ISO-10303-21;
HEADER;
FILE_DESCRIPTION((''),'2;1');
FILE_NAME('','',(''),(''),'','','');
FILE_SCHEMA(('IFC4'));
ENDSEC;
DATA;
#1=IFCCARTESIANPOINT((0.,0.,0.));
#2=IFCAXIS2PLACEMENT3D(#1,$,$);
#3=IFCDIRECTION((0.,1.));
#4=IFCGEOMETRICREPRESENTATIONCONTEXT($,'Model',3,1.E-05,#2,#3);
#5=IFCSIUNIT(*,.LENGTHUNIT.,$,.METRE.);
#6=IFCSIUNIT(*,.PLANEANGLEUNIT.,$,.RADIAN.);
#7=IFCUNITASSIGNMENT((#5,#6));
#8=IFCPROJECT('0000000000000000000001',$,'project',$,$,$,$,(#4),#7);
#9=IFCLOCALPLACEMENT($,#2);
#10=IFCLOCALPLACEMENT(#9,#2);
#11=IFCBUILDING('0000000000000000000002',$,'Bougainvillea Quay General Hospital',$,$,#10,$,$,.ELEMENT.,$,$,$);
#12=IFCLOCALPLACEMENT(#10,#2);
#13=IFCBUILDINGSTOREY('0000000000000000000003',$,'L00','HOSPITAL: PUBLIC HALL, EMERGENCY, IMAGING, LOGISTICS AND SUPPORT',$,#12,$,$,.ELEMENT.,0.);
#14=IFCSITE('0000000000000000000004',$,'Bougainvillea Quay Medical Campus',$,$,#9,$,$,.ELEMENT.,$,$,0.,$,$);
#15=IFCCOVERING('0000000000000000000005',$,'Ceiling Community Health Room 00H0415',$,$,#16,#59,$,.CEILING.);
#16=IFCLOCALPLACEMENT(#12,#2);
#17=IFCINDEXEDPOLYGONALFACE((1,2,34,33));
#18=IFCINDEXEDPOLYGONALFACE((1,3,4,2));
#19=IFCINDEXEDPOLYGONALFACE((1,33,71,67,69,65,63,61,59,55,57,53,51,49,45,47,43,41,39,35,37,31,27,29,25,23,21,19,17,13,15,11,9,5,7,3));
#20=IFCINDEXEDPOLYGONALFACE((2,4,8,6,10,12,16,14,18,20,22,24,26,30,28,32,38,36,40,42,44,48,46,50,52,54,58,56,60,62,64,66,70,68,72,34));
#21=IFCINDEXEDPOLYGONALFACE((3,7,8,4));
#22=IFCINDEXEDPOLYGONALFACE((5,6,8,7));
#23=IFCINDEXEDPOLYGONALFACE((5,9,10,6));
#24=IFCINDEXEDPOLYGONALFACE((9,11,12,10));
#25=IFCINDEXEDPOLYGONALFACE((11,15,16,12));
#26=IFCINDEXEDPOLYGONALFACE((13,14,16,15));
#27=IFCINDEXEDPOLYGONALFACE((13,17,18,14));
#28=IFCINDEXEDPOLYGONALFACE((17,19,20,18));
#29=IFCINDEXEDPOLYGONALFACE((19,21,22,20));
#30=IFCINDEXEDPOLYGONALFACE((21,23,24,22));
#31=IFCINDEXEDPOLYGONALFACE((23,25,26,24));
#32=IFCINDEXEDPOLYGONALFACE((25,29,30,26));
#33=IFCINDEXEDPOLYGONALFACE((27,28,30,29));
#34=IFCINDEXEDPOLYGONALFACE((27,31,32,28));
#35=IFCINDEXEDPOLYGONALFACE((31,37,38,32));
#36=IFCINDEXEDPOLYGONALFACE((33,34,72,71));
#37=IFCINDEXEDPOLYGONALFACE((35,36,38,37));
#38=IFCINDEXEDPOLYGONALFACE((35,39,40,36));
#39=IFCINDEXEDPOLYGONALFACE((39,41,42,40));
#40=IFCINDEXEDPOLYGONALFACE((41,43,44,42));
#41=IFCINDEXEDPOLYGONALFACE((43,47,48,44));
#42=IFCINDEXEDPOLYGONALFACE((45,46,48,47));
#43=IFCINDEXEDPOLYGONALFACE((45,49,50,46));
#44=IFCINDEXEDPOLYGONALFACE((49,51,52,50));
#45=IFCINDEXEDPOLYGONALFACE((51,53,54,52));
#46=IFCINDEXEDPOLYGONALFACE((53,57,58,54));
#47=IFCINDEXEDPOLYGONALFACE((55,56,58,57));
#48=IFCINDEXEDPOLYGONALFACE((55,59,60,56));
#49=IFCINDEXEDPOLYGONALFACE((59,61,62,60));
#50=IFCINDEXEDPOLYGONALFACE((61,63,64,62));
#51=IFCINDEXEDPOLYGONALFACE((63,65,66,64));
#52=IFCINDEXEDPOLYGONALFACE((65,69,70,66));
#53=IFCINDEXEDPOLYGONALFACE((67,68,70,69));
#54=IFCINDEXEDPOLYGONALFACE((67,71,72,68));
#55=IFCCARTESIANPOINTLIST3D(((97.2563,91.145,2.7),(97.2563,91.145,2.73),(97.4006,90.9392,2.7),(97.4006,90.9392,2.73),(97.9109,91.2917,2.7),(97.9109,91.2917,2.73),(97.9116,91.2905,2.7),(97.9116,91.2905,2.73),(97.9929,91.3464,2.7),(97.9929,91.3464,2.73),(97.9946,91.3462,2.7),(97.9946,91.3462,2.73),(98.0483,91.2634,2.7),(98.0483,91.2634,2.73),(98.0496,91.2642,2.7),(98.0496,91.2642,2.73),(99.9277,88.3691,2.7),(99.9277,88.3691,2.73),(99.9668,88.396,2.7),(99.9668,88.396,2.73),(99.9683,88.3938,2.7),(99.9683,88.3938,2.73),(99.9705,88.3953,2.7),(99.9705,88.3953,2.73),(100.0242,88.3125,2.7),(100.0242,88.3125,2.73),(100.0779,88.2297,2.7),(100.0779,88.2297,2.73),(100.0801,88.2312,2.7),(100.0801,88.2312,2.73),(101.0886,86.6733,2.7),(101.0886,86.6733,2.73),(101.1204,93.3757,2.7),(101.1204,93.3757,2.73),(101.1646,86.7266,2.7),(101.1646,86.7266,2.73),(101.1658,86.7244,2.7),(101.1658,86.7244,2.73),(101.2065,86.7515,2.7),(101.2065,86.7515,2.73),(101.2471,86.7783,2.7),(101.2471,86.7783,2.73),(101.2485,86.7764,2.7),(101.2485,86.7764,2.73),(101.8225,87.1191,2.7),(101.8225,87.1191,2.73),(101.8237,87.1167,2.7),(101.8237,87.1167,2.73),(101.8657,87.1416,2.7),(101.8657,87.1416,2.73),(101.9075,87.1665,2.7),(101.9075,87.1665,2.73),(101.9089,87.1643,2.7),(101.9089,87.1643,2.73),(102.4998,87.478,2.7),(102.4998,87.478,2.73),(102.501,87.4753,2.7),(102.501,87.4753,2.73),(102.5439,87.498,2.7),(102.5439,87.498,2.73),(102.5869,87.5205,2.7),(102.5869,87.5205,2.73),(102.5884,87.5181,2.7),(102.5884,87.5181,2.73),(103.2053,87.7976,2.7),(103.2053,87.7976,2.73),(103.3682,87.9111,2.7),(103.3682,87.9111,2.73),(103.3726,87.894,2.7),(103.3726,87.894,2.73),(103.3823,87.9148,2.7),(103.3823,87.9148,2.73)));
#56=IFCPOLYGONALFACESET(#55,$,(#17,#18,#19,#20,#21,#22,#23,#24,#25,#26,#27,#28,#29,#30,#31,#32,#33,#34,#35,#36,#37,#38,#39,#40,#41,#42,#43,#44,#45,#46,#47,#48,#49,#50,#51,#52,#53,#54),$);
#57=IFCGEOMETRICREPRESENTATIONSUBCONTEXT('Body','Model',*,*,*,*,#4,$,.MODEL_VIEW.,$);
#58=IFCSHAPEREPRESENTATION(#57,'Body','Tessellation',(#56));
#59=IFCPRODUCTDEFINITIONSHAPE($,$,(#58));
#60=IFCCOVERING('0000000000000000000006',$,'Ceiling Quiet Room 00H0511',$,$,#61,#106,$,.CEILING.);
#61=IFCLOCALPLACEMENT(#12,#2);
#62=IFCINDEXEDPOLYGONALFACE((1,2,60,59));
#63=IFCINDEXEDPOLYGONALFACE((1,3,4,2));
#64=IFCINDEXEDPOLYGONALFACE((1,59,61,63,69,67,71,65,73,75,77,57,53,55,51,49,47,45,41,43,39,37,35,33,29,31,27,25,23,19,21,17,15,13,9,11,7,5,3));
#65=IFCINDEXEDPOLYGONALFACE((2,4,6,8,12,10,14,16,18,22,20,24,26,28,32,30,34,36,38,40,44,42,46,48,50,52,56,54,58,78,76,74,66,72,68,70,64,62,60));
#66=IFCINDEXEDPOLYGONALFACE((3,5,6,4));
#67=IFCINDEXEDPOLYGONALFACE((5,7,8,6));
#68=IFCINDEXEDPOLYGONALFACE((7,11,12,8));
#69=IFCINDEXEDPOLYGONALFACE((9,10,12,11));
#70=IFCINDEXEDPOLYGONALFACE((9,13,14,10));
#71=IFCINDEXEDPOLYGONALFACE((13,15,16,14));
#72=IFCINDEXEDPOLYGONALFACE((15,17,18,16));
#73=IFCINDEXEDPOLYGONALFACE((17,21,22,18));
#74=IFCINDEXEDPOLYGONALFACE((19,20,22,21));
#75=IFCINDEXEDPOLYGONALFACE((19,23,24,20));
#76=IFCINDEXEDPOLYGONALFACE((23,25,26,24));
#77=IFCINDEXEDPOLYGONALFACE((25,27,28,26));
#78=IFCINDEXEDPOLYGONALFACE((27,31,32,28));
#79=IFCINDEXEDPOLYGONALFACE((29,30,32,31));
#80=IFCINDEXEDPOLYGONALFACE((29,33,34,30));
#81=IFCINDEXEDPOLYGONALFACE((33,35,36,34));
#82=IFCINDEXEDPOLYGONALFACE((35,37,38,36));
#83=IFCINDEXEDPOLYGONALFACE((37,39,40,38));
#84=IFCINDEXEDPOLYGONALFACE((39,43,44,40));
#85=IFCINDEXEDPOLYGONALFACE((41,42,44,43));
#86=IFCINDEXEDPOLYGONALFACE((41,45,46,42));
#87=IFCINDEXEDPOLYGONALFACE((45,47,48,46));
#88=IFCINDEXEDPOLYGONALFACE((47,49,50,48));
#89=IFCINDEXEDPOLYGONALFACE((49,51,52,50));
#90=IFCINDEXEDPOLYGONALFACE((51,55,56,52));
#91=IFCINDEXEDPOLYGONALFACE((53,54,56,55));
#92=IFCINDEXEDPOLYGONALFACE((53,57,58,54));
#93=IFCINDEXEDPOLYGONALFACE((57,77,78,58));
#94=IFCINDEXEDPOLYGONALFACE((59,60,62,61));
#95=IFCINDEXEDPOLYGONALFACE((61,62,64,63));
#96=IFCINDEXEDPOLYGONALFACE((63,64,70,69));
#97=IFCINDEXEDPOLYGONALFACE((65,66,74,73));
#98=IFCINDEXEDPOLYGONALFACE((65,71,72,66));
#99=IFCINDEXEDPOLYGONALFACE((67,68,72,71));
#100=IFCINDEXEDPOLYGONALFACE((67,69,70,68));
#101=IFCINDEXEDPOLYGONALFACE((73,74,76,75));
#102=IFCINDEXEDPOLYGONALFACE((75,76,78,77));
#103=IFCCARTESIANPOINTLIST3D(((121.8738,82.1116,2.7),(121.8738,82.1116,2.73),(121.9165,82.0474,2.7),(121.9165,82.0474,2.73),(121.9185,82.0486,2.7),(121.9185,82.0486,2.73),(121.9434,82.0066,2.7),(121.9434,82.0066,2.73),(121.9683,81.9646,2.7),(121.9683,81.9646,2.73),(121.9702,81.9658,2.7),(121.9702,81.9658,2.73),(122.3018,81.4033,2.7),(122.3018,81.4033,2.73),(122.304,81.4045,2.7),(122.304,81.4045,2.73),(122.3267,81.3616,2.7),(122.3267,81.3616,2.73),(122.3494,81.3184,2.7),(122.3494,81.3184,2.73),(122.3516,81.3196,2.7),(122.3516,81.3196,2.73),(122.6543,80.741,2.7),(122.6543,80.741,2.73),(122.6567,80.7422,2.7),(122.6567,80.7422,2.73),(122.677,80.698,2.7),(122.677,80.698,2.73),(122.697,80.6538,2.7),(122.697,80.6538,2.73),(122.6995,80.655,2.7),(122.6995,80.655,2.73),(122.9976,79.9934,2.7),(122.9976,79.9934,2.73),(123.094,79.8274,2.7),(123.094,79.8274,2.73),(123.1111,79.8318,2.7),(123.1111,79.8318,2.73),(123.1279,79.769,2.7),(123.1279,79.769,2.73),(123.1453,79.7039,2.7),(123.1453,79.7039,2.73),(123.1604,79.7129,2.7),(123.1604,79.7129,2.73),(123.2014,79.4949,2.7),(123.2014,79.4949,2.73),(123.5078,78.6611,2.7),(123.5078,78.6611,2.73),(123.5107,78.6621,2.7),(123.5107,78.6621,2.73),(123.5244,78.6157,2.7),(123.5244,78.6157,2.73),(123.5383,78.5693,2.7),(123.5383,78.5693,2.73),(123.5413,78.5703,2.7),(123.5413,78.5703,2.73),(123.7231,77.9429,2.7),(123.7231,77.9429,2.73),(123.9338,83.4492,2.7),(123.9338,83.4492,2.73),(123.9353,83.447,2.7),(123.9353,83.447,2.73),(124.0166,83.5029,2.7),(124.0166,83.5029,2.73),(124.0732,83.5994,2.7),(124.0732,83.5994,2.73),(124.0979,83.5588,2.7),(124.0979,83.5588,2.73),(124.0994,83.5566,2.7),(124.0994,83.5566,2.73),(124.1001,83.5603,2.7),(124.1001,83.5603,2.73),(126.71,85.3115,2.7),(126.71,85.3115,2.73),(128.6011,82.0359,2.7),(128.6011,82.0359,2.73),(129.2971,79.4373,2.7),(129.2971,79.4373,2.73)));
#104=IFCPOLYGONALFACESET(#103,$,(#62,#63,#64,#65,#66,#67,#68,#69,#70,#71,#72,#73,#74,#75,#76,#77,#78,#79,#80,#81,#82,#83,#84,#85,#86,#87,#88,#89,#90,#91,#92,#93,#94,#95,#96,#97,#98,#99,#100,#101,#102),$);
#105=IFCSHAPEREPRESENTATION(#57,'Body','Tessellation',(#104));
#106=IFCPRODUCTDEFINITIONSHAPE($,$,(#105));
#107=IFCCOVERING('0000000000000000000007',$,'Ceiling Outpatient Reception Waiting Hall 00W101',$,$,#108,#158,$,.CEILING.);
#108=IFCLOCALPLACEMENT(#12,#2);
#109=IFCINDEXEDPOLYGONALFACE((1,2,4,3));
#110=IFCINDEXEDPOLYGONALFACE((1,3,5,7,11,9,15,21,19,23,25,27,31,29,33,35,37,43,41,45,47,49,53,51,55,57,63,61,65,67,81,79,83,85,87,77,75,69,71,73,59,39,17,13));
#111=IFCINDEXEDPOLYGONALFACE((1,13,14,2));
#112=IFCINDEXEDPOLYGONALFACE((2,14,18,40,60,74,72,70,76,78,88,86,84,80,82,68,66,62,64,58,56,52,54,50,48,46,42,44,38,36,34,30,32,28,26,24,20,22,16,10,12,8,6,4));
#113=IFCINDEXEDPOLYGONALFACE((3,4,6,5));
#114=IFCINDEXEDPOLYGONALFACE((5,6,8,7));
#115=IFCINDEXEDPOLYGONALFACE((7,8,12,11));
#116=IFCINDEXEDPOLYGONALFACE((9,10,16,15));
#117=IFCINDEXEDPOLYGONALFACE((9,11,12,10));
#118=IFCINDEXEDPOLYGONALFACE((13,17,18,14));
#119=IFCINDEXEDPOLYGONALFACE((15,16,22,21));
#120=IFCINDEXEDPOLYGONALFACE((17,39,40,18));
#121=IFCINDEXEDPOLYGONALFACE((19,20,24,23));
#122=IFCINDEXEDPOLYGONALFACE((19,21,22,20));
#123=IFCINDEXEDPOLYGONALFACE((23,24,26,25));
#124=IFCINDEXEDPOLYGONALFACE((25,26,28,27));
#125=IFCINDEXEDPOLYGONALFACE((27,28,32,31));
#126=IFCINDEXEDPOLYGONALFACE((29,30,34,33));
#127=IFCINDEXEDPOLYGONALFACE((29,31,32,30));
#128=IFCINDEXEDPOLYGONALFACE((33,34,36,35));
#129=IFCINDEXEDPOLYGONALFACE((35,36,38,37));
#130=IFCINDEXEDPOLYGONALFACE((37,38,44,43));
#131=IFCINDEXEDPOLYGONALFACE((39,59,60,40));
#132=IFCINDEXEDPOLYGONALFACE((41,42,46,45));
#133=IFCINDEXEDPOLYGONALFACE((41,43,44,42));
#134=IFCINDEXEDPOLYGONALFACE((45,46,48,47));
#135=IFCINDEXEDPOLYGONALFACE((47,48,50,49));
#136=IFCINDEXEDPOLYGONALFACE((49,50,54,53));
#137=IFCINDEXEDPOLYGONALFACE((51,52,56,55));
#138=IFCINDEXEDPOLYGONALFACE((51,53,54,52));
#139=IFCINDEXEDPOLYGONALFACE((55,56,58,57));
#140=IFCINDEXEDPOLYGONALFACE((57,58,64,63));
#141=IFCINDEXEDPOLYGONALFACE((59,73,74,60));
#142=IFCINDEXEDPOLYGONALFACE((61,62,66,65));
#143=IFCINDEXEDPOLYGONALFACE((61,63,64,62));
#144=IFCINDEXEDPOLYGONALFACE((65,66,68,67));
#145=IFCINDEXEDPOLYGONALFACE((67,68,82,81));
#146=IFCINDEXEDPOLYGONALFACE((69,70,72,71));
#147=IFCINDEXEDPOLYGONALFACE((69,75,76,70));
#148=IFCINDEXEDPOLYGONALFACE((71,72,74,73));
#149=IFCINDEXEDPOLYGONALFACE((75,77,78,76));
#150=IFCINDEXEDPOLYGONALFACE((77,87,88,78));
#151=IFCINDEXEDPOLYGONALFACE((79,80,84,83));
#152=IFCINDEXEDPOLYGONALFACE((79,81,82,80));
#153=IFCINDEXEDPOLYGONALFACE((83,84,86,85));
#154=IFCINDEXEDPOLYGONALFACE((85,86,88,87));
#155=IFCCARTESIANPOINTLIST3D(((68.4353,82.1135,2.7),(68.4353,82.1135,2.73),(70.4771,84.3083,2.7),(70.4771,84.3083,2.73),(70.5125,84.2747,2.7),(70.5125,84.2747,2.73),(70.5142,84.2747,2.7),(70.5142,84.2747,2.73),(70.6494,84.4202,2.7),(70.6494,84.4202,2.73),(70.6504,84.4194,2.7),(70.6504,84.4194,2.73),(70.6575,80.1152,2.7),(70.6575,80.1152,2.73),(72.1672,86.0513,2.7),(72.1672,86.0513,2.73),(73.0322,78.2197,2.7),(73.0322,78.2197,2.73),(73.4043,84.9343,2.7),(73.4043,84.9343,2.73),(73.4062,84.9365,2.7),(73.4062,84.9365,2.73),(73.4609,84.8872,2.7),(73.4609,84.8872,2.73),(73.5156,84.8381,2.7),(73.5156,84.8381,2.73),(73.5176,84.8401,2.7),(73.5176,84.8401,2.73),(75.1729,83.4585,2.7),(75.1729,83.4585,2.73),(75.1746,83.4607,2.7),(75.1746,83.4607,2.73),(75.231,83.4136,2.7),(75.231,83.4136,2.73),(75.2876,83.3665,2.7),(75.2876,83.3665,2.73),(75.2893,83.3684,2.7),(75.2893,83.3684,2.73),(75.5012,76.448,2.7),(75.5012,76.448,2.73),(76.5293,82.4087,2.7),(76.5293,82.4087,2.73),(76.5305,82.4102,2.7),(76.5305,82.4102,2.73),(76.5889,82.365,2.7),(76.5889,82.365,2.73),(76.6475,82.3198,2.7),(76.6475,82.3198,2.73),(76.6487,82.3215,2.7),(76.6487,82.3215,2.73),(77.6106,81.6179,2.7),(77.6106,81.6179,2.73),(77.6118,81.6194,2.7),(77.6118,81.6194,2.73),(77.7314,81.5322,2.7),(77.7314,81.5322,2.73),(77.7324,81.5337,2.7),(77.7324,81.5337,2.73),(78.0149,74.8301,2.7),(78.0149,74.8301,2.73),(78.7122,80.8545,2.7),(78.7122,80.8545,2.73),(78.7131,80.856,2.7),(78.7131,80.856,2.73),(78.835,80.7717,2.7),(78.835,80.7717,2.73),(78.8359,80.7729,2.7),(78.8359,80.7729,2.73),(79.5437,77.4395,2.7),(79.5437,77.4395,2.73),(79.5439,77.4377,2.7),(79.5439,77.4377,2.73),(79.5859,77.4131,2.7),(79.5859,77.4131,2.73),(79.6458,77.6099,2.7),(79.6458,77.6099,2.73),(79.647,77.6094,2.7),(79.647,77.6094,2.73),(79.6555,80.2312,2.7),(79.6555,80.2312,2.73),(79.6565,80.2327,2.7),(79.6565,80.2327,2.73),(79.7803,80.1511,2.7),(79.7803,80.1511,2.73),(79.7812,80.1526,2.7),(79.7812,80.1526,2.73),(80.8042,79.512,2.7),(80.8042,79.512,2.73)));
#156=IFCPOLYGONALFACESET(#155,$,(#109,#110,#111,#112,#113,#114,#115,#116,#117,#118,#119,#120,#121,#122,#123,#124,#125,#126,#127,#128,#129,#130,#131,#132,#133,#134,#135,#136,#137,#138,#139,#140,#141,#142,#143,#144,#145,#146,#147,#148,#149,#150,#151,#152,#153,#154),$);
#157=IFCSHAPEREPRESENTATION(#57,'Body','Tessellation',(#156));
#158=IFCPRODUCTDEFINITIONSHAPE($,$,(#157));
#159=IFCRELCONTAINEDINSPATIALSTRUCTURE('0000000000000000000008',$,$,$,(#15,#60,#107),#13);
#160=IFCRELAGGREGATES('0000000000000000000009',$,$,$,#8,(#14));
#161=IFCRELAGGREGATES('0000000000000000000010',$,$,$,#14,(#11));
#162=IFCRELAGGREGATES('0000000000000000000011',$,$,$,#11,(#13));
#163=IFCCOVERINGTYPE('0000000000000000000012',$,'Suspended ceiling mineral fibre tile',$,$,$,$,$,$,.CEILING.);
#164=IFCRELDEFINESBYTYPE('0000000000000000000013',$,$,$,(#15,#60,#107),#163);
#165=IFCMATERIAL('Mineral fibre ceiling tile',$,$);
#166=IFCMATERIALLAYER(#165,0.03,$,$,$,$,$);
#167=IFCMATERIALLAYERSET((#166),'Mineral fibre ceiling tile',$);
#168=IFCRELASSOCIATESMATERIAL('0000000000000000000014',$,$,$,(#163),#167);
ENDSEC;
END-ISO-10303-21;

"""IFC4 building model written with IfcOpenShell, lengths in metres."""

from ifc_helpers import new_model, si_unit, direction, frame, origin, place, context, subcontext, project, spatial, polyline, outline, extrude, material, layer, layer_set, type_object, element, save


model = new_model("IFC4")

# Units and contexts
model_context = context("Model", 3, precision=1e-05, world=origin(), true_north=direction((0.0, 1.0)))
body_context = subcontext(model_context, "Body", "Model", "MODEL_VIEW")
ifc_project = project(units=[si_unit("LENGTHUNIT", "METRE"), si_unit("PLANEANGLEUNIT", "RADIAN")], contexts=[model_context])

# Site, building, storey
site_placement = place(None, origin())
site = spatial("IfcSite", under=ifc_project, at=site_placement, Name="Bougainvillea Quay Medical Campus", CompositionType="ELEMENT", RefElevation=0.0)
building_placement = place(site_placement, origin())
building = spatial("IfcBuilding", under=site, at=building_placement, Name="Bougainvillea Quay General Hospital", CompositionType="ELEMENT")
storey_placement = place(building_placement, origin())
storey = spatial("IfcBuildingStorey", under=building, at=storey_placement, Name="L00", Description="HOSPITAL: PUBLIC HALL, EMERGENCY, IMAGING, LOGISTICS AND SUPPORT", CompositionType="ELEMENT", Elevation=0.0)

# Coverings
ifc_material = material(Name="Mineral fibre ceiling tile")
ifc_layer = layer(ifc_material, 0.03)
ifc_layer_set = layer_set([ifc_layer], Name="Mineral fibre ceiling tile")
covering_type = type_object("IfcCoveringType", Name="Suspended ceiling mineral fibre tile", PredefinedType="CEILING", material=ifc_layer_set)
covering_1_placement = place(storey_placement, frame((0.0, 0.0, 2.7)))
element("IfcCovering", 1, at=covering_1_placement, inside=storey, type_object=covering_type, Name="Ceiling Community Health Room 00H0415", PredefinedType="CEILING", context=body_context, shape_type="SweptSolid", body=[
    extrude(outline(polyline([(97.2563, 91.145), (97.4006, 90.9392), (97.9116, 91.2905), (97.9109, 91.2917), (97.9929, 91.3464), (97.9946, 91.3462), (98.0496, 91.2642), (98.0483, 91.2634), (99.9277, 88.3691), (99.9668, 88.396), (99.9683, 88.3938), (99.9705, 88.3953), (100.0242, 88.3125), (100.0801, 88.2312), (100.0779, 88.2297), (101.0886, 86.6733), (101.1658, 86.7244), (101.1646, 86.7266), (101.2065, 86.7515), (101.2471, 86.7783), (101.2485, 86.7764), (101.8237, 87.1167), (101.8225, 87.1191), (101.8657, 87.1416), (101.9075, 87.1665), (101.9089, 87.1643), (102.501, 87.4753), (102.4998, 87.478), (102.5439, 87.498), (102.5869, 87.5205), (102.5884, 87.5181), (103.2053, 87.7976), (103.3726, 87.894), (103.3682, 87.9111), (103.3823, 87.9148), (101.1204, 93.3757), (97.2563, 91.145)])), origin(), (0.0, 0.0, 1.0), 0.03),
])
covering_2_placement = place(storey_placement, frame((0.0, 0.0, 2.7)))
element("IfcCovering", 2, at=covering_2_placement, inside=storey, type_object=covering_type, Name="Ceiling Quiet Room 00H0511", PredefinedType="CEILING", context=body_context, shape_type="SweptSolid", body=[
    extrude(outline(polyline([(126.71, 85.3115), (124.0732, 83.5994), (124.1001, 83.5603), (124.0979, 83.5588), (124.0994, 83.5566), (124.0166, 83.5029), (123.9353, 83.447), (123.9338, 83.4492), (121.8738, 82.1116), (121.9165, 82.0474), (121.9185, 82.0486), (121.9434, 82.0066), (121.9702, 81.9658), (121.9683, 81.9646), (122.3018, 81.4033), (122.304, 81.4045), (122.3267, 81.3616), (122.3516, 81.3196), (122.3494, 81.3184), (122.6543, 80.741), (122.6567, 80.7422), (122.677, 80.698), (122.6995, 80.655), (122.697, 80.6538), (122.9976, 79.9934), (123.094, 79.8274), (123.1111, 79.8318), (123.1279, 79.769), (123.1604, 79.7129), (123.1453, 79.7039), (123.2014, 79.4949), (123.5078, 78.6611), (123.5107, 78.6621), (123.5244, 78.6157), (123.5413, 78.5703), (123.5383, 78.5693), (123.7231, 77.9429), (129.2971, 79.4373), (129.3101, 79.3889), (128.6011, 82.0359), (126.71, 85.3115)])), origin(), (0.0, 0.0, 1.0), 0.03),
])
covering_3_placement = place(storey_placement, frame((0.0, 0.0, 2.7)))
element("IfcCovering", 3, at=covering_3_placement, inside=storey, type_object=covering_type, Name="Ceiling Outpatient Reception Waiting Hall 00W101", PredefinedType="CEILING", context=body_context, shape_type="SweptSolid", body=[
    extrude(outline(polyline([(75.231, 83.4136), (75.1729, 83.4585), (75.1746, 83.4607), (73.5176, 84.8401), (73.5156, 84.8381), (73.4609, 84.8872), (73.4043, 84.9343), (73.4062, 84.9365), (72.1672, 86.0513), (70.6494, 84.4202), (70.6504, 84.4194), (70.5142, 84.2747), (70.5125, 84.2747), (70.4771, 84.3083), (68.4353, 82.1135), (70.6575, 80.1152), (73.0322, 78.2197), (75.5012, 76.448), (78.0149, 74.8301), (79.5859, 77.4131), (79.5439, 77.4377), (79.5437, 77.4395), (79.6458, 77.6099), (79.647, 77.6094), (80.8042, 79.512), (79.7812, 80.1526), (79.7803, 80.1511), (79.6555, 80.2312), (79.6565, 80.2327), (78.8359, 80.7729), (78.835, 80.7717), (78.7122, 80.8545), (78.7131, 80.856), (77.7324, 81.5337), (77.7314, 81.5322), (77.6106, 81.6179), (77.6118, 81.6194), (76.6487, 82.3215), (76.6475, 82.3198), (76.5889, 82.365), (76.5293, 82.4087), (76.5305, 82.4102), (75.2893, 83.3684), (75.2876, 83.3665), (75.231, 83.4136)])), origin(), (0.0, 0.0, 1.0), 0.03),
])

save(model, "model.ifc")
